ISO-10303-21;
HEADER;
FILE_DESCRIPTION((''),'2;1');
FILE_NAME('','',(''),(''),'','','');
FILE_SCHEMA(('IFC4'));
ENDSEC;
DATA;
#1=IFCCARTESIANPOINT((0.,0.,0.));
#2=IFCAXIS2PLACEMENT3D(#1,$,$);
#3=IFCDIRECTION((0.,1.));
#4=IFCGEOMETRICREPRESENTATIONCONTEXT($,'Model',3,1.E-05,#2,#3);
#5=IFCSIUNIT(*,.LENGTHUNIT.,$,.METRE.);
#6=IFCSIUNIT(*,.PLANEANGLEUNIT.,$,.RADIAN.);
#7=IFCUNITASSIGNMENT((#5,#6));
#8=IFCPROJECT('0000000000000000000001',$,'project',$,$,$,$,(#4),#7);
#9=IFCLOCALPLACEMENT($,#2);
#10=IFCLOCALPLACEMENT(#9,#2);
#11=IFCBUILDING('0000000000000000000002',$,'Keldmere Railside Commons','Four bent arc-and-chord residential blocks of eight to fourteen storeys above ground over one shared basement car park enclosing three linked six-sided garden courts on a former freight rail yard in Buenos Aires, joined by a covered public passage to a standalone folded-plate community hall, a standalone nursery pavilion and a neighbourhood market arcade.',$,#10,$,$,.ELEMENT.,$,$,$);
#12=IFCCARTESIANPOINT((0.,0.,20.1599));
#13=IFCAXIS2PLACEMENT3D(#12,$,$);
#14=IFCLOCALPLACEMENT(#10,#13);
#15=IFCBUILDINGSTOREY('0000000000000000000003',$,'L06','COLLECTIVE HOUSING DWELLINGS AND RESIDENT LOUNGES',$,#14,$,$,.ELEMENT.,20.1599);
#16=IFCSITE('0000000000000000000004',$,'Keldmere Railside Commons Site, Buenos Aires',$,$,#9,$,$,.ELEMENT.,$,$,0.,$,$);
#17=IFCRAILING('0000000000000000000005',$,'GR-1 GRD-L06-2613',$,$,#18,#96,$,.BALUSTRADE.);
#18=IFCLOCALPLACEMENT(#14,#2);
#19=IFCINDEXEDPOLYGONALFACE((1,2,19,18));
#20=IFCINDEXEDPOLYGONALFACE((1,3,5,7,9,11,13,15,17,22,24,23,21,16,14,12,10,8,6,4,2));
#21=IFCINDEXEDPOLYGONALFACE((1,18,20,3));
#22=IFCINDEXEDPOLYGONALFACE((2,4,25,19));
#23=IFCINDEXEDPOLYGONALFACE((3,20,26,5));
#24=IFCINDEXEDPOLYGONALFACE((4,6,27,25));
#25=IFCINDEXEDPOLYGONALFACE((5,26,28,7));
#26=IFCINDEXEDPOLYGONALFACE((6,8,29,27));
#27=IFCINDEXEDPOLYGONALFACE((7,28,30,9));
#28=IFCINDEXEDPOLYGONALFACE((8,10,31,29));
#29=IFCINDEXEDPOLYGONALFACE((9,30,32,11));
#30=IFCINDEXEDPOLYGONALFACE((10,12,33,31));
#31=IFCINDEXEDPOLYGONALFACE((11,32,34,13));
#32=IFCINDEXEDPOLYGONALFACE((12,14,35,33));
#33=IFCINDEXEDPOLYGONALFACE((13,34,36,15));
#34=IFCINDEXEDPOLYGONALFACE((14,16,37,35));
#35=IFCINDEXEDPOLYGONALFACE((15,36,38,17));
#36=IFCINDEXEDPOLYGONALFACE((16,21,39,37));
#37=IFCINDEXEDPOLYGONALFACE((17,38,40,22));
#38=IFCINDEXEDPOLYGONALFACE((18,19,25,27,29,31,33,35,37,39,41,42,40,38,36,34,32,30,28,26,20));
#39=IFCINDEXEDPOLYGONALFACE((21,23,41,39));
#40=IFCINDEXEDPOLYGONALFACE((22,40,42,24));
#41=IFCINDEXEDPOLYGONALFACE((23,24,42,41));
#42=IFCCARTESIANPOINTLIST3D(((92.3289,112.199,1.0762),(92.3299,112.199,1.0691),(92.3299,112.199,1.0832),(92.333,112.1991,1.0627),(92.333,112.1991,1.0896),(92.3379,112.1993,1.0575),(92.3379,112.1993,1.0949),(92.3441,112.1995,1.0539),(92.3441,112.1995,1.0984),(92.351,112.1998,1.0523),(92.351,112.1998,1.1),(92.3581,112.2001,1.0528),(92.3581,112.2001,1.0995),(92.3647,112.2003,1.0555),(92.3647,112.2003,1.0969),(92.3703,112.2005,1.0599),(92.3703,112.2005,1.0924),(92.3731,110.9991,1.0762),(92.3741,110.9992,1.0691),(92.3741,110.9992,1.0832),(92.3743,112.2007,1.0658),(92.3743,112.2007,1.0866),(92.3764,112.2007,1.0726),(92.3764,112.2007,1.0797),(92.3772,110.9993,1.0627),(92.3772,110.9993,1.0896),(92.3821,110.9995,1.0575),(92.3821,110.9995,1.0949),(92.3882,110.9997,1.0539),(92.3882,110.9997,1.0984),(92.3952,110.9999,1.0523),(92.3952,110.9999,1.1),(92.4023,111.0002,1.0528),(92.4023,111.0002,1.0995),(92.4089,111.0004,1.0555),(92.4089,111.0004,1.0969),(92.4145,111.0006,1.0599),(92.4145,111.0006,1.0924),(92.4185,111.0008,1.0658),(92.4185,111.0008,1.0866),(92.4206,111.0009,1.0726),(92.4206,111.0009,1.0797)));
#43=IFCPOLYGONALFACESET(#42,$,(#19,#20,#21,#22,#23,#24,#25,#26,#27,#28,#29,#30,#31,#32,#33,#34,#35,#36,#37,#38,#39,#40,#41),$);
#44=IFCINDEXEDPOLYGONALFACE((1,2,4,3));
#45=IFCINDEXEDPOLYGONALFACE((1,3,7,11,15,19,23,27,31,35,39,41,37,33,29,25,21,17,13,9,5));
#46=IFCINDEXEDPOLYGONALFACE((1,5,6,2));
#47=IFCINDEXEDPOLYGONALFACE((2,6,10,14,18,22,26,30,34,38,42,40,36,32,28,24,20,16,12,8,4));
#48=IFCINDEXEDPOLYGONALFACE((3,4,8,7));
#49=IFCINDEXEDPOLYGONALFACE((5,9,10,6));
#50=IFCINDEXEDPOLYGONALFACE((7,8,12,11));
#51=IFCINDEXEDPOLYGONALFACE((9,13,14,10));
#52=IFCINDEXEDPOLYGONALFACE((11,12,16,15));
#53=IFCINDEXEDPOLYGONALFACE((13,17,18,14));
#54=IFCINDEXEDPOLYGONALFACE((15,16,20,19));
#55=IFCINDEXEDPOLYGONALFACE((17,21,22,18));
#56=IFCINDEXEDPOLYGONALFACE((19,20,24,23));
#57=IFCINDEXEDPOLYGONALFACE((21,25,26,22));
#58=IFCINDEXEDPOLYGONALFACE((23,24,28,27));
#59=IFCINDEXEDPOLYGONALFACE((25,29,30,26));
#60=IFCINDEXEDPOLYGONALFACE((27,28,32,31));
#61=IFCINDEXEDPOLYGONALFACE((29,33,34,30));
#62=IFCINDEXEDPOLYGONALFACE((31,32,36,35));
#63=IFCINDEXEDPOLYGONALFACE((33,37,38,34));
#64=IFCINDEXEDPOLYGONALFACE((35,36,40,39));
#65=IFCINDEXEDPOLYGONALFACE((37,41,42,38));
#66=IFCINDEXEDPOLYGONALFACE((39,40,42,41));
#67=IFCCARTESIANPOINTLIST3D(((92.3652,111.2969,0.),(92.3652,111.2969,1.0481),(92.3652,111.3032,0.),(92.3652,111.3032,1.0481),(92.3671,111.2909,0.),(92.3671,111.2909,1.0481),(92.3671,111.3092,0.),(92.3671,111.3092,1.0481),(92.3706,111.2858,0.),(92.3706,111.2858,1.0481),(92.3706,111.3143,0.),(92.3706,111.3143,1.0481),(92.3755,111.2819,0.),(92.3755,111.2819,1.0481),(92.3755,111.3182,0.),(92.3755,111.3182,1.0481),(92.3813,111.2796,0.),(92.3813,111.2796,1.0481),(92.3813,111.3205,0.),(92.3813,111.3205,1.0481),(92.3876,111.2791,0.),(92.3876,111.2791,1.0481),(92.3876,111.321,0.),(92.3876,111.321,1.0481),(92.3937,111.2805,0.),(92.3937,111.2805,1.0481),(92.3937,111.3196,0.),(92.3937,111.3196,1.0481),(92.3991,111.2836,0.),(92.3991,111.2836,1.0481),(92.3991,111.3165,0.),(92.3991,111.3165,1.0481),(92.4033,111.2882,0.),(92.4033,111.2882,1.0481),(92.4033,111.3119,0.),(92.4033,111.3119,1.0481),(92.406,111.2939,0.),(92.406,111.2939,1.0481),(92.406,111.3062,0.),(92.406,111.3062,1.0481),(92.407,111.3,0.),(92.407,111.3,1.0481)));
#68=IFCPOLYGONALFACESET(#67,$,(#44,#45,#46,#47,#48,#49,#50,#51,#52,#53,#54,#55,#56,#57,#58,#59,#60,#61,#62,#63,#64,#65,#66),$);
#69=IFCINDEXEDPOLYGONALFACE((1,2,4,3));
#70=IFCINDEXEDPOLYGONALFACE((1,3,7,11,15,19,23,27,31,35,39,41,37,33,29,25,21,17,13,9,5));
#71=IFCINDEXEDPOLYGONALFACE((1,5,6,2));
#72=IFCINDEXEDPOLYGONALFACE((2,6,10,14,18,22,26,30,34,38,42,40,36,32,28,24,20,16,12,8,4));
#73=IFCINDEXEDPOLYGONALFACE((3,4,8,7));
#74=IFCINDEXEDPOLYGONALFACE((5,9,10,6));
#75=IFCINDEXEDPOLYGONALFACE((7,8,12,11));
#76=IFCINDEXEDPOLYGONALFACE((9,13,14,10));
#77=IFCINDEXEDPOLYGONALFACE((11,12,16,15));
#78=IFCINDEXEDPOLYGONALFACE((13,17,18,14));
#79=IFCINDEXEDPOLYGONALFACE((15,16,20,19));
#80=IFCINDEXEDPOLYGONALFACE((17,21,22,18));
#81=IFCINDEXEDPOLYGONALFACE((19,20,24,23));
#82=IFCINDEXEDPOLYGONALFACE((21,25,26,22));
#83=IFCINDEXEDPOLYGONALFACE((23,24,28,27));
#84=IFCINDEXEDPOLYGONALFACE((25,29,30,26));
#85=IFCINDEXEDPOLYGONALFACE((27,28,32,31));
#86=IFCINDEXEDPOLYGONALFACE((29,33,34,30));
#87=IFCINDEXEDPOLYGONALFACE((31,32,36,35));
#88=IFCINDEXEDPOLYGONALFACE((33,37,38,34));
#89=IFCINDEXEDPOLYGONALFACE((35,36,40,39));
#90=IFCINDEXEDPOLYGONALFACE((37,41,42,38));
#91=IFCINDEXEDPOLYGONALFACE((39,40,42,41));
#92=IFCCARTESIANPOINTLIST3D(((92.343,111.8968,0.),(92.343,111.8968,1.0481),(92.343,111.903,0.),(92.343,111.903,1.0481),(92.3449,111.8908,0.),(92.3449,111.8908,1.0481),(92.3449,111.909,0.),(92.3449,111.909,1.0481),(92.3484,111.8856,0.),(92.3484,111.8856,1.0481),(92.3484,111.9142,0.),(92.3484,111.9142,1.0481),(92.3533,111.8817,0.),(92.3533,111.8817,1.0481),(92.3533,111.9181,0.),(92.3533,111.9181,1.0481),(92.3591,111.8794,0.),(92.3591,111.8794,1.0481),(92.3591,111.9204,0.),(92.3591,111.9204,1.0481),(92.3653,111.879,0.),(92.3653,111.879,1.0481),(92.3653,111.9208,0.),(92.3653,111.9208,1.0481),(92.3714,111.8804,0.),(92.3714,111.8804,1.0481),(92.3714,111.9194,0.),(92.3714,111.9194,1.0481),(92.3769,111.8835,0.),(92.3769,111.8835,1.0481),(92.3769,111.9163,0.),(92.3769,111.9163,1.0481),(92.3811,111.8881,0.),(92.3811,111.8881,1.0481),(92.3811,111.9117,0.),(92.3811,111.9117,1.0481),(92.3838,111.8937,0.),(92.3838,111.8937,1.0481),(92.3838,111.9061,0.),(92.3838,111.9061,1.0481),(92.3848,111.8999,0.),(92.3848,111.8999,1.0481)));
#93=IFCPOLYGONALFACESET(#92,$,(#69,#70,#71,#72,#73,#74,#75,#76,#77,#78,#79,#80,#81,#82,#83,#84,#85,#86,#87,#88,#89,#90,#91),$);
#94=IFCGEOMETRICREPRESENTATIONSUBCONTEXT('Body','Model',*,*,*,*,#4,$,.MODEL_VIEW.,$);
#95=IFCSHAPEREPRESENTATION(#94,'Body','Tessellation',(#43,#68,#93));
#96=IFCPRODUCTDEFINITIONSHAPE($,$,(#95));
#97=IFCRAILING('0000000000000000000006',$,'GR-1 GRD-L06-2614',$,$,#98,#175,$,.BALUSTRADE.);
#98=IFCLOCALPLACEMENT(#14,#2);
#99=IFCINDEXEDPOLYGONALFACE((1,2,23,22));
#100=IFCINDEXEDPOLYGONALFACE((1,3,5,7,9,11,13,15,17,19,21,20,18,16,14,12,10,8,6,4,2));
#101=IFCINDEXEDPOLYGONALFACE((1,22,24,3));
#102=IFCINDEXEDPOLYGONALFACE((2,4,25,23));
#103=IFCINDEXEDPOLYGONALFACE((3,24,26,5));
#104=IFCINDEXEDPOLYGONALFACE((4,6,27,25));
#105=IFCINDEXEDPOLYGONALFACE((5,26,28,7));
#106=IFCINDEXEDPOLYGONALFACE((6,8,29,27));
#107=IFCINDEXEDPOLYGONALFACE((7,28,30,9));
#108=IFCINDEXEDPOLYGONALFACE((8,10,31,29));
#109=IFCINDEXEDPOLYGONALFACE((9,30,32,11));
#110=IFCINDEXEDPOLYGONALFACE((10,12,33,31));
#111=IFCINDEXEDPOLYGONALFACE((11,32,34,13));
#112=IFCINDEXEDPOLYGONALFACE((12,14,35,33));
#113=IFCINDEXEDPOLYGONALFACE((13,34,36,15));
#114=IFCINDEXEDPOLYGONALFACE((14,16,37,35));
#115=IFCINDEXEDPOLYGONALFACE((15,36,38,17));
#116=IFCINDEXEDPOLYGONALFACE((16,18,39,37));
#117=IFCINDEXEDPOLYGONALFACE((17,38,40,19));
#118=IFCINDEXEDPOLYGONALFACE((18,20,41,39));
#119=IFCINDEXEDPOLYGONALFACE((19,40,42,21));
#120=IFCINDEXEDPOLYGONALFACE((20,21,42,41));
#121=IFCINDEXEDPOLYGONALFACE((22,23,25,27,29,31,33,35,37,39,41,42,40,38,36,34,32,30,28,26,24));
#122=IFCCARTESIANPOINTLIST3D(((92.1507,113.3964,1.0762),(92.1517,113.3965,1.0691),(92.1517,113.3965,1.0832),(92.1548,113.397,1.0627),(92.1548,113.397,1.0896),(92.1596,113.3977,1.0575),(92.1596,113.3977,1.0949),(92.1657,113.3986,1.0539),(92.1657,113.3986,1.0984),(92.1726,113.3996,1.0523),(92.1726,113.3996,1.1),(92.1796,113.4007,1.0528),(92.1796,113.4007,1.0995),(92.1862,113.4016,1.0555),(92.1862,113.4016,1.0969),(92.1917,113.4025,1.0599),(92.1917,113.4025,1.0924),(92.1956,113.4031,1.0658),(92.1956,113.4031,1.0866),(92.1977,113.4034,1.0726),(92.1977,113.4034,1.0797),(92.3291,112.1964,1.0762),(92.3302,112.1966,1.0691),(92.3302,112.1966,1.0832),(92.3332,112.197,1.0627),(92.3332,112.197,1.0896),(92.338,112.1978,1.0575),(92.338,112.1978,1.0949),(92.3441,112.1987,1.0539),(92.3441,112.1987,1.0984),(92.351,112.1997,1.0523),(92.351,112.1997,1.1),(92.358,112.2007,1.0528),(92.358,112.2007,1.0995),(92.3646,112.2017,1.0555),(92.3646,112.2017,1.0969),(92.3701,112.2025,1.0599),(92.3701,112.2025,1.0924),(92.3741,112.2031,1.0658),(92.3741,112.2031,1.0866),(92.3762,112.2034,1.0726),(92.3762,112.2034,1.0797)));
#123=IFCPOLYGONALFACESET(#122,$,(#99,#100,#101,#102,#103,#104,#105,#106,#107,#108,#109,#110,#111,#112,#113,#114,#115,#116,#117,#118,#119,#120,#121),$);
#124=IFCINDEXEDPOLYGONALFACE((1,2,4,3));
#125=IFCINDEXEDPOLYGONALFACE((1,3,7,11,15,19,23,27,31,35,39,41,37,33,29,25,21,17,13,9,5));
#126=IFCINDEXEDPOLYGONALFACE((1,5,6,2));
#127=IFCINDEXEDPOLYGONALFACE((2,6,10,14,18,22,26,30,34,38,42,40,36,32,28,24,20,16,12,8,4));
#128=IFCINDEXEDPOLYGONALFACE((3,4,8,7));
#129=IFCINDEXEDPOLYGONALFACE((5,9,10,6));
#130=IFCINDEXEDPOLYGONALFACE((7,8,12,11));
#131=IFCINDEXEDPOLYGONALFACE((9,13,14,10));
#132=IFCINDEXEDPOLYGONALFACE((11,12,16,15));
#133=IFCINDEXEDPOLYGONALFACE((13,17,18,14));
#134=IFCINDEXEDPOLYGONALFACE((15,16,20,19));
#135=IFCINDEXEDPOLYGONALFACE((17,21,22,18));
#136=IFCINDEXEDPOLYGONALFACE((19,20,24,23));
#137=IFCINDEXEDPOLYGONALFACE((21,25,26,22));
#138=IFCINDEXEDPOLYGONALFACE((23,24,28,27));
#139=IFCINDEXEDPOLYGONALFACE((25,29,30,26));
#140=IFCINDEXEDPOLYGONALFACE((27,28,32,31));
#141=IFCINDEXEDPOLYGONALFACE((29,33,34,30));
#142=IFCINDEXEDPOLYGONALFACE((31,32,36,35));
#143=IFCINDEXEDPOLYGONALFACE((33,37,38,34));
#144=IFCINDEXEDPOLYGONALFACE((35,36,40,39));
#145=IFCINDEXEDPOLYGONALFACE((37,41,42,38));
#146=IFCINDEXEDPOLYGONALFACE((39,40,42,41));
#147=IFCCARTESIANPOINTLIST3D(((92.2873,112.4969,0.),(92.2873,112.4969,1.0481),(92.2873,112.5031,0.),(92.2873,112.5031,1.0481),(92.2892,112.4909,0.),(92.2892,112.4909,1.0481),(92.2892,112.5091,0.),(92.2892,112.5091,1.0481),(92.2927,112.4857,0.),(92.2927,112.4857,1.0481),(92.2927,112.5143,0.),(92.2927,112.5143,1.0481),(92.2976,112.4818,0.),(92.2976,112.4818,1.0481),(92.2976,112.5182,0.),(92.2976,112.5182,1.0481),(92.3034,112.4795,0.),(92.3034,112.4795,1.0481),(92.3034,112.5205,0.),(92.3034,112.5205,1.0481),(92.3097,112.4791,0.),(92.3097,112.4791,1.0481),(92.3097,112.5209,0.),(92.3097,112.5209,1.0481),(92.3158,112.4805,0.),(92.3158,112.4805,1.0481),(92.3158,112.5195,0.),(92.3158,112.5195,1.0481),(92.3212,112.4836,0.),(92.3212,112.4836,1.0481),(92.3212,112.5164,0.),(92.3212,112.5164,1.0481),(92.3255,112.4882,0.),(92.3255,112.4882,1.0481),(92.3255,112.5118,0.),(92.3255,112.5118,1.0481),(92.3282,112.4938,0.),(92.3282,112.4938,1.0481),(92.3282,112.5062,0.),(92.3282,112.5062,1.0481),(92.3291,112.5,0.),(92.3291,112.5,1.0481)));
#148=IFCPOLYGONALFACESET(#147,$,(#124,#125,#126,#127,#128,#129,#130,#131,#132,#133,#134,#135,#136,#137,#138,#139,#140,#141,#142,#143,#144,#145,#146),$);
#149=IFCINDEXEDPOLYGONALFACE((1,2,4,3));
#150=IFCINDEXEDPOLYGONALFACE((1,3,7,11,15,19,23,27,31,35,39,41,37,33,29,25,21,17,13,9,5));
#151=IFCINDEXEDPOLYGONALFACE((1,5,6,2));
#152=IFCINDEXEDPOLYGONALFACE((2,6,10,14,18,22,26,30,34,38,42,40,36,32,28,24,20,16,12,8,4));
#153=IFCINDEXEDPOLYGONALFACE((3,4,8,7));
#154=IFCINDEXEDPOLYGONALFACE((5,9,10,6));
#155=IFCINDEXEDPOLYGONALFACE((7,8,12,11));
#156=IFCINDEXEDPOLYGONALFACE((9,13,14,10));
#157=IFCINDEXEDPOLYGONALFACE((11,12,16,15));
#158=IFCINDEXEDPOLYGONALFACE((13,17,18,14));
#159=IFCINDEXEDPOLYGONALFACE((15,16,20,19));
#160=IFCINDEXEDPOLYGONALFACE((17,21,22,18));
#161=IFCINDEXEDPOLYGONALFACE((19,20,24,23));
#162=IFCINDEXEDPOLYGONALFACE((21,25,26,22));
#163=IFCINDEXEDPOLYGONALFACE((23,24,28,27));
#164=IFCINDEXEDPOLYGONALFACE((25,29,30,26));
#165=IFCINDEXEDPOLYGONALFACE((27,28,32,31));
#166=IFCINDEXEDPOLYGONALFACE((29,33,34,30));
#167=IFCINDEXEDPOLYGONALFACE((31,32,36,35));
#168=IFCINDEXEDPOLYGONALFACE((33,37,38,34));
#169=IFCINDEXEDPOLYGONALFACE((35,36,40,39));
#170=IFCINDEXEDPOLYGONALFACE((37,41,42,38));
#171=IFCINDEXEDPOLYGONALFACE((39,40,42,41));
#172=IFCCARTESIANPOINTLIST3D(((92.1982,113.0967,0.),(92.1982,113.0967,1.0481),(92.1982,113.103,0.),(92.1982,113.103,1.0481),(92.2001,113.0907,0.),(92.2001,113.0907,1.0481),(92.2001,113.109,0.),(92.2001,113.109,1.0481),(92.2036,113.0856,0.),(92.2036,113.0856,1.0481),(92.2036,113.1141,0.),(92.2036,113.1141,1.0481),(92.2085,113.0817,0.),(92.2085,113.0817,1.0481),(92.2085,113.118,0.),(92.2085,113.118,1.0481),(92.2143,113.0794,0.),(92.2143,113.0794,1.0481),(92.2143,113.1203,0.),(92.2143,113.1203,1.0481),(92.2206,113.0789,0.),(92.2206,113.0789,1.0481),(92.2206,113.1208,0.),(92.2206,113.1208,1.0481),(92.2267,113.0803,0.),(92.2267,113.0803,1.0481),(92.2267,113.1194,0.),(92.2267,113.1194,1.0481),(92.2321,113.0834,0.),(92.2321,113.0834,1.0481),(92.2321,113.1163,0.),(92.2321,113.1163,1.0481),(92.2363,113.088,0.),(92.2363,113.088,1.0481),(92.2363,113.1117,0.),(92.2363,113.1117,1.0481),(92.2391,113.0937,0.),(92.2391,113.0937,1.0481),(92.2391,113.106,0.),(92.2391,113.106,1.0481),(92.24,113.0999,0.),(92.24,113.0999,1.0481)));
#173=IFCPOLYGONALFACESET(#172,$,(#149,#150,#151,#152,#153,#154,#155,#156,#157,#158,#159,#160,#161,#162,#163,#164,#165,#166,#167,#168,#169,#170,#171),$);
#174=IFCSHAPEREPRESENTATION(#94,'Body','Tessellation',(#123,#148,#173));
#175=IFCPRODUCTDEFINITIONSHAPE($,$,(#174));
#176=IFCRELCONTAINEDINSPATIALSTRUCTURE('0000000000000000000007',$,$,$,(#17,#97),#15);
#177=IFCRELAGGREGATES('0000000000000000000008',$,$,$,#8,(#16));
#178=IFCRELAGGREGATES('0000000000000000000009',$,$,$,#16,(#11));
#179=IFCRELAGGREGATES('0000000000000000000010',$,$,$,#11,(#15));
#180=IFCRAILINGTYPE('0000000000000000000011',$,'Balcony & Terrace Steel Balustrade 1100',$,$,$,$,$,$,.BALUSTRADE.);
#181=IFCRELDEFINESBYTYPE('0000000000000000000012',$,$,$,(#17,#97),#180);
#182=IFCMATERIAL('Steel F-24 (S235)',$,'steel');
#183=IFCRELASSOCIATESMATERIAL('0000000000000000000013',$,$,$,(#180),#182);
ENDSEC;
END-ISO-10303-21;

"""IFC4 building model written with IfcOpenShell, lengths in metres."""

from ifc_helpers import new_model, si_unit, direction, frame, origin, origin_2d, place, context, subcontext, project, spatial, circle, extrude, material, type_object, element, save


model = new_model("IFC4")

# Units and contexts
model_context = context("Model", 3, precision=1e-05, world=origin(), true_north=direction((0.0, 1.0)))
body_context = subcontext(model_context, "Body", "Model", "MODEL_VIEW")
ifc_project = project(units=[si_unit("LENGTHUNIT", "METRE"), si_unit("PLANEANGLEUNIT", "RADIAN")], contexts=[model_context])

# Site, building, storey
site_placement = place(None, origin())
site = spatial("IfcSite", under=ifc_project, at=site_placement, Name="Keldmere Railside Commons Site, Buenos Aires", CompositionType="ELEMENT", RefElevation=0.0)
building_placement = place(site_placement, origin())
building = spatial("IfcBuilding", under=site, at=building_placement, Name="Keldmere Railside Commons", Description="Four bent arc-and-chord residential blocks of eight to fourteen storeys above ground over one shared basement car park enclosing three linked six-sided garden courts on a former freight rail yard in Buenos Aires, joined by a covered public passage to a standalone folded-plate community hall, a standalone nursery pavilion and a neighbourhood market arcade.", CompositionType="ELEMENT")
storey_placement = place(building_placement, frame((0.0, 0.0, 20.1599)))
storey = spatial("IfcBuildingStorey", under=building, at=storey_placement, Name="L06", Description="COLLECTIVE HOUSING DWELLINGS AND RESIDENT LOUNGES", CompositionType="ELEMENT", Elevation=20.1599)

# Railings
ifc_material_1 = material(Name="Steel F-24 (S235)", Category="steel")
railing_type = type_object("IfcRailingType", Name="Balcony & Terrace Steel Balustrade 1100", PredefinedType="BALUSTRADE", material=ifc_material_1)
railing_1_placement = place(storey_placement, frame((92.397, 111.0, 0.0)))
element("IfcRailing", 1, at=railing_1_placement, inside=storey, type_object=railing_type, Name="GR-1 GRD-L06-2613", PredefinedType="BALUSTRADE", context=body_context, shape_type="SweptSolid", body=[
    extrude(circle(Radius=0.0239, at=origin_2d()), frame((0.0, 0.0, 1.0762), z_axis=(-0.036801, 0.999323, 0.0), x_axis=(-0.999323, -0.036801, 0.0)), (0.0, 0.0, 1.0), 1.2007),
    extrude(circle(Radius=0.021, at=origin_2d()), frame((-0.011, 0.3, 0.0)), (0.0, 0.0, 1.0), 1.0481),
    extrude(circle(Radius=0.021, at=origin_2d()), frame((-0.0332, 0.8999, 0.0)), (0.0, 0.0, 1.0), 1.0481),
])
railing_2_placement = place(storey_placement, frame((92.3528, 112.2, 0.0)))
element("IfcRailing", 2, at=railing_2_placement, inside=storey, type_object=railing_type, Name="GR-1 GRD-L06-2614", PredefinedType="BALUSTRADE", context=body_context, shape_type="SweptSolid", body=[
    extrude(circle(Radius=0.0239, at=origin_2d()), frame((0.0, 0.0, 1.0762), z_axis=(-0.14711, 0.98912, 0.0), x_axis=(-0.98912, -0.14711, 0.0)), (0.0, 0.0, 1.0), 1.2131),
    extrude(circle(Radius=0.021, at=origin_2d()), frame((-0.0447, 0.3, 0.0)), (0.0, 0.0, 1.0), 1.0481),
    extrude(circle(Radius=0.021, at=origin_2d()), frame((-0.1338, 0.8999, 0.0)), (0.0, 0.0, 1.0), 1.0481),
])

save(model, "model.ifc")
